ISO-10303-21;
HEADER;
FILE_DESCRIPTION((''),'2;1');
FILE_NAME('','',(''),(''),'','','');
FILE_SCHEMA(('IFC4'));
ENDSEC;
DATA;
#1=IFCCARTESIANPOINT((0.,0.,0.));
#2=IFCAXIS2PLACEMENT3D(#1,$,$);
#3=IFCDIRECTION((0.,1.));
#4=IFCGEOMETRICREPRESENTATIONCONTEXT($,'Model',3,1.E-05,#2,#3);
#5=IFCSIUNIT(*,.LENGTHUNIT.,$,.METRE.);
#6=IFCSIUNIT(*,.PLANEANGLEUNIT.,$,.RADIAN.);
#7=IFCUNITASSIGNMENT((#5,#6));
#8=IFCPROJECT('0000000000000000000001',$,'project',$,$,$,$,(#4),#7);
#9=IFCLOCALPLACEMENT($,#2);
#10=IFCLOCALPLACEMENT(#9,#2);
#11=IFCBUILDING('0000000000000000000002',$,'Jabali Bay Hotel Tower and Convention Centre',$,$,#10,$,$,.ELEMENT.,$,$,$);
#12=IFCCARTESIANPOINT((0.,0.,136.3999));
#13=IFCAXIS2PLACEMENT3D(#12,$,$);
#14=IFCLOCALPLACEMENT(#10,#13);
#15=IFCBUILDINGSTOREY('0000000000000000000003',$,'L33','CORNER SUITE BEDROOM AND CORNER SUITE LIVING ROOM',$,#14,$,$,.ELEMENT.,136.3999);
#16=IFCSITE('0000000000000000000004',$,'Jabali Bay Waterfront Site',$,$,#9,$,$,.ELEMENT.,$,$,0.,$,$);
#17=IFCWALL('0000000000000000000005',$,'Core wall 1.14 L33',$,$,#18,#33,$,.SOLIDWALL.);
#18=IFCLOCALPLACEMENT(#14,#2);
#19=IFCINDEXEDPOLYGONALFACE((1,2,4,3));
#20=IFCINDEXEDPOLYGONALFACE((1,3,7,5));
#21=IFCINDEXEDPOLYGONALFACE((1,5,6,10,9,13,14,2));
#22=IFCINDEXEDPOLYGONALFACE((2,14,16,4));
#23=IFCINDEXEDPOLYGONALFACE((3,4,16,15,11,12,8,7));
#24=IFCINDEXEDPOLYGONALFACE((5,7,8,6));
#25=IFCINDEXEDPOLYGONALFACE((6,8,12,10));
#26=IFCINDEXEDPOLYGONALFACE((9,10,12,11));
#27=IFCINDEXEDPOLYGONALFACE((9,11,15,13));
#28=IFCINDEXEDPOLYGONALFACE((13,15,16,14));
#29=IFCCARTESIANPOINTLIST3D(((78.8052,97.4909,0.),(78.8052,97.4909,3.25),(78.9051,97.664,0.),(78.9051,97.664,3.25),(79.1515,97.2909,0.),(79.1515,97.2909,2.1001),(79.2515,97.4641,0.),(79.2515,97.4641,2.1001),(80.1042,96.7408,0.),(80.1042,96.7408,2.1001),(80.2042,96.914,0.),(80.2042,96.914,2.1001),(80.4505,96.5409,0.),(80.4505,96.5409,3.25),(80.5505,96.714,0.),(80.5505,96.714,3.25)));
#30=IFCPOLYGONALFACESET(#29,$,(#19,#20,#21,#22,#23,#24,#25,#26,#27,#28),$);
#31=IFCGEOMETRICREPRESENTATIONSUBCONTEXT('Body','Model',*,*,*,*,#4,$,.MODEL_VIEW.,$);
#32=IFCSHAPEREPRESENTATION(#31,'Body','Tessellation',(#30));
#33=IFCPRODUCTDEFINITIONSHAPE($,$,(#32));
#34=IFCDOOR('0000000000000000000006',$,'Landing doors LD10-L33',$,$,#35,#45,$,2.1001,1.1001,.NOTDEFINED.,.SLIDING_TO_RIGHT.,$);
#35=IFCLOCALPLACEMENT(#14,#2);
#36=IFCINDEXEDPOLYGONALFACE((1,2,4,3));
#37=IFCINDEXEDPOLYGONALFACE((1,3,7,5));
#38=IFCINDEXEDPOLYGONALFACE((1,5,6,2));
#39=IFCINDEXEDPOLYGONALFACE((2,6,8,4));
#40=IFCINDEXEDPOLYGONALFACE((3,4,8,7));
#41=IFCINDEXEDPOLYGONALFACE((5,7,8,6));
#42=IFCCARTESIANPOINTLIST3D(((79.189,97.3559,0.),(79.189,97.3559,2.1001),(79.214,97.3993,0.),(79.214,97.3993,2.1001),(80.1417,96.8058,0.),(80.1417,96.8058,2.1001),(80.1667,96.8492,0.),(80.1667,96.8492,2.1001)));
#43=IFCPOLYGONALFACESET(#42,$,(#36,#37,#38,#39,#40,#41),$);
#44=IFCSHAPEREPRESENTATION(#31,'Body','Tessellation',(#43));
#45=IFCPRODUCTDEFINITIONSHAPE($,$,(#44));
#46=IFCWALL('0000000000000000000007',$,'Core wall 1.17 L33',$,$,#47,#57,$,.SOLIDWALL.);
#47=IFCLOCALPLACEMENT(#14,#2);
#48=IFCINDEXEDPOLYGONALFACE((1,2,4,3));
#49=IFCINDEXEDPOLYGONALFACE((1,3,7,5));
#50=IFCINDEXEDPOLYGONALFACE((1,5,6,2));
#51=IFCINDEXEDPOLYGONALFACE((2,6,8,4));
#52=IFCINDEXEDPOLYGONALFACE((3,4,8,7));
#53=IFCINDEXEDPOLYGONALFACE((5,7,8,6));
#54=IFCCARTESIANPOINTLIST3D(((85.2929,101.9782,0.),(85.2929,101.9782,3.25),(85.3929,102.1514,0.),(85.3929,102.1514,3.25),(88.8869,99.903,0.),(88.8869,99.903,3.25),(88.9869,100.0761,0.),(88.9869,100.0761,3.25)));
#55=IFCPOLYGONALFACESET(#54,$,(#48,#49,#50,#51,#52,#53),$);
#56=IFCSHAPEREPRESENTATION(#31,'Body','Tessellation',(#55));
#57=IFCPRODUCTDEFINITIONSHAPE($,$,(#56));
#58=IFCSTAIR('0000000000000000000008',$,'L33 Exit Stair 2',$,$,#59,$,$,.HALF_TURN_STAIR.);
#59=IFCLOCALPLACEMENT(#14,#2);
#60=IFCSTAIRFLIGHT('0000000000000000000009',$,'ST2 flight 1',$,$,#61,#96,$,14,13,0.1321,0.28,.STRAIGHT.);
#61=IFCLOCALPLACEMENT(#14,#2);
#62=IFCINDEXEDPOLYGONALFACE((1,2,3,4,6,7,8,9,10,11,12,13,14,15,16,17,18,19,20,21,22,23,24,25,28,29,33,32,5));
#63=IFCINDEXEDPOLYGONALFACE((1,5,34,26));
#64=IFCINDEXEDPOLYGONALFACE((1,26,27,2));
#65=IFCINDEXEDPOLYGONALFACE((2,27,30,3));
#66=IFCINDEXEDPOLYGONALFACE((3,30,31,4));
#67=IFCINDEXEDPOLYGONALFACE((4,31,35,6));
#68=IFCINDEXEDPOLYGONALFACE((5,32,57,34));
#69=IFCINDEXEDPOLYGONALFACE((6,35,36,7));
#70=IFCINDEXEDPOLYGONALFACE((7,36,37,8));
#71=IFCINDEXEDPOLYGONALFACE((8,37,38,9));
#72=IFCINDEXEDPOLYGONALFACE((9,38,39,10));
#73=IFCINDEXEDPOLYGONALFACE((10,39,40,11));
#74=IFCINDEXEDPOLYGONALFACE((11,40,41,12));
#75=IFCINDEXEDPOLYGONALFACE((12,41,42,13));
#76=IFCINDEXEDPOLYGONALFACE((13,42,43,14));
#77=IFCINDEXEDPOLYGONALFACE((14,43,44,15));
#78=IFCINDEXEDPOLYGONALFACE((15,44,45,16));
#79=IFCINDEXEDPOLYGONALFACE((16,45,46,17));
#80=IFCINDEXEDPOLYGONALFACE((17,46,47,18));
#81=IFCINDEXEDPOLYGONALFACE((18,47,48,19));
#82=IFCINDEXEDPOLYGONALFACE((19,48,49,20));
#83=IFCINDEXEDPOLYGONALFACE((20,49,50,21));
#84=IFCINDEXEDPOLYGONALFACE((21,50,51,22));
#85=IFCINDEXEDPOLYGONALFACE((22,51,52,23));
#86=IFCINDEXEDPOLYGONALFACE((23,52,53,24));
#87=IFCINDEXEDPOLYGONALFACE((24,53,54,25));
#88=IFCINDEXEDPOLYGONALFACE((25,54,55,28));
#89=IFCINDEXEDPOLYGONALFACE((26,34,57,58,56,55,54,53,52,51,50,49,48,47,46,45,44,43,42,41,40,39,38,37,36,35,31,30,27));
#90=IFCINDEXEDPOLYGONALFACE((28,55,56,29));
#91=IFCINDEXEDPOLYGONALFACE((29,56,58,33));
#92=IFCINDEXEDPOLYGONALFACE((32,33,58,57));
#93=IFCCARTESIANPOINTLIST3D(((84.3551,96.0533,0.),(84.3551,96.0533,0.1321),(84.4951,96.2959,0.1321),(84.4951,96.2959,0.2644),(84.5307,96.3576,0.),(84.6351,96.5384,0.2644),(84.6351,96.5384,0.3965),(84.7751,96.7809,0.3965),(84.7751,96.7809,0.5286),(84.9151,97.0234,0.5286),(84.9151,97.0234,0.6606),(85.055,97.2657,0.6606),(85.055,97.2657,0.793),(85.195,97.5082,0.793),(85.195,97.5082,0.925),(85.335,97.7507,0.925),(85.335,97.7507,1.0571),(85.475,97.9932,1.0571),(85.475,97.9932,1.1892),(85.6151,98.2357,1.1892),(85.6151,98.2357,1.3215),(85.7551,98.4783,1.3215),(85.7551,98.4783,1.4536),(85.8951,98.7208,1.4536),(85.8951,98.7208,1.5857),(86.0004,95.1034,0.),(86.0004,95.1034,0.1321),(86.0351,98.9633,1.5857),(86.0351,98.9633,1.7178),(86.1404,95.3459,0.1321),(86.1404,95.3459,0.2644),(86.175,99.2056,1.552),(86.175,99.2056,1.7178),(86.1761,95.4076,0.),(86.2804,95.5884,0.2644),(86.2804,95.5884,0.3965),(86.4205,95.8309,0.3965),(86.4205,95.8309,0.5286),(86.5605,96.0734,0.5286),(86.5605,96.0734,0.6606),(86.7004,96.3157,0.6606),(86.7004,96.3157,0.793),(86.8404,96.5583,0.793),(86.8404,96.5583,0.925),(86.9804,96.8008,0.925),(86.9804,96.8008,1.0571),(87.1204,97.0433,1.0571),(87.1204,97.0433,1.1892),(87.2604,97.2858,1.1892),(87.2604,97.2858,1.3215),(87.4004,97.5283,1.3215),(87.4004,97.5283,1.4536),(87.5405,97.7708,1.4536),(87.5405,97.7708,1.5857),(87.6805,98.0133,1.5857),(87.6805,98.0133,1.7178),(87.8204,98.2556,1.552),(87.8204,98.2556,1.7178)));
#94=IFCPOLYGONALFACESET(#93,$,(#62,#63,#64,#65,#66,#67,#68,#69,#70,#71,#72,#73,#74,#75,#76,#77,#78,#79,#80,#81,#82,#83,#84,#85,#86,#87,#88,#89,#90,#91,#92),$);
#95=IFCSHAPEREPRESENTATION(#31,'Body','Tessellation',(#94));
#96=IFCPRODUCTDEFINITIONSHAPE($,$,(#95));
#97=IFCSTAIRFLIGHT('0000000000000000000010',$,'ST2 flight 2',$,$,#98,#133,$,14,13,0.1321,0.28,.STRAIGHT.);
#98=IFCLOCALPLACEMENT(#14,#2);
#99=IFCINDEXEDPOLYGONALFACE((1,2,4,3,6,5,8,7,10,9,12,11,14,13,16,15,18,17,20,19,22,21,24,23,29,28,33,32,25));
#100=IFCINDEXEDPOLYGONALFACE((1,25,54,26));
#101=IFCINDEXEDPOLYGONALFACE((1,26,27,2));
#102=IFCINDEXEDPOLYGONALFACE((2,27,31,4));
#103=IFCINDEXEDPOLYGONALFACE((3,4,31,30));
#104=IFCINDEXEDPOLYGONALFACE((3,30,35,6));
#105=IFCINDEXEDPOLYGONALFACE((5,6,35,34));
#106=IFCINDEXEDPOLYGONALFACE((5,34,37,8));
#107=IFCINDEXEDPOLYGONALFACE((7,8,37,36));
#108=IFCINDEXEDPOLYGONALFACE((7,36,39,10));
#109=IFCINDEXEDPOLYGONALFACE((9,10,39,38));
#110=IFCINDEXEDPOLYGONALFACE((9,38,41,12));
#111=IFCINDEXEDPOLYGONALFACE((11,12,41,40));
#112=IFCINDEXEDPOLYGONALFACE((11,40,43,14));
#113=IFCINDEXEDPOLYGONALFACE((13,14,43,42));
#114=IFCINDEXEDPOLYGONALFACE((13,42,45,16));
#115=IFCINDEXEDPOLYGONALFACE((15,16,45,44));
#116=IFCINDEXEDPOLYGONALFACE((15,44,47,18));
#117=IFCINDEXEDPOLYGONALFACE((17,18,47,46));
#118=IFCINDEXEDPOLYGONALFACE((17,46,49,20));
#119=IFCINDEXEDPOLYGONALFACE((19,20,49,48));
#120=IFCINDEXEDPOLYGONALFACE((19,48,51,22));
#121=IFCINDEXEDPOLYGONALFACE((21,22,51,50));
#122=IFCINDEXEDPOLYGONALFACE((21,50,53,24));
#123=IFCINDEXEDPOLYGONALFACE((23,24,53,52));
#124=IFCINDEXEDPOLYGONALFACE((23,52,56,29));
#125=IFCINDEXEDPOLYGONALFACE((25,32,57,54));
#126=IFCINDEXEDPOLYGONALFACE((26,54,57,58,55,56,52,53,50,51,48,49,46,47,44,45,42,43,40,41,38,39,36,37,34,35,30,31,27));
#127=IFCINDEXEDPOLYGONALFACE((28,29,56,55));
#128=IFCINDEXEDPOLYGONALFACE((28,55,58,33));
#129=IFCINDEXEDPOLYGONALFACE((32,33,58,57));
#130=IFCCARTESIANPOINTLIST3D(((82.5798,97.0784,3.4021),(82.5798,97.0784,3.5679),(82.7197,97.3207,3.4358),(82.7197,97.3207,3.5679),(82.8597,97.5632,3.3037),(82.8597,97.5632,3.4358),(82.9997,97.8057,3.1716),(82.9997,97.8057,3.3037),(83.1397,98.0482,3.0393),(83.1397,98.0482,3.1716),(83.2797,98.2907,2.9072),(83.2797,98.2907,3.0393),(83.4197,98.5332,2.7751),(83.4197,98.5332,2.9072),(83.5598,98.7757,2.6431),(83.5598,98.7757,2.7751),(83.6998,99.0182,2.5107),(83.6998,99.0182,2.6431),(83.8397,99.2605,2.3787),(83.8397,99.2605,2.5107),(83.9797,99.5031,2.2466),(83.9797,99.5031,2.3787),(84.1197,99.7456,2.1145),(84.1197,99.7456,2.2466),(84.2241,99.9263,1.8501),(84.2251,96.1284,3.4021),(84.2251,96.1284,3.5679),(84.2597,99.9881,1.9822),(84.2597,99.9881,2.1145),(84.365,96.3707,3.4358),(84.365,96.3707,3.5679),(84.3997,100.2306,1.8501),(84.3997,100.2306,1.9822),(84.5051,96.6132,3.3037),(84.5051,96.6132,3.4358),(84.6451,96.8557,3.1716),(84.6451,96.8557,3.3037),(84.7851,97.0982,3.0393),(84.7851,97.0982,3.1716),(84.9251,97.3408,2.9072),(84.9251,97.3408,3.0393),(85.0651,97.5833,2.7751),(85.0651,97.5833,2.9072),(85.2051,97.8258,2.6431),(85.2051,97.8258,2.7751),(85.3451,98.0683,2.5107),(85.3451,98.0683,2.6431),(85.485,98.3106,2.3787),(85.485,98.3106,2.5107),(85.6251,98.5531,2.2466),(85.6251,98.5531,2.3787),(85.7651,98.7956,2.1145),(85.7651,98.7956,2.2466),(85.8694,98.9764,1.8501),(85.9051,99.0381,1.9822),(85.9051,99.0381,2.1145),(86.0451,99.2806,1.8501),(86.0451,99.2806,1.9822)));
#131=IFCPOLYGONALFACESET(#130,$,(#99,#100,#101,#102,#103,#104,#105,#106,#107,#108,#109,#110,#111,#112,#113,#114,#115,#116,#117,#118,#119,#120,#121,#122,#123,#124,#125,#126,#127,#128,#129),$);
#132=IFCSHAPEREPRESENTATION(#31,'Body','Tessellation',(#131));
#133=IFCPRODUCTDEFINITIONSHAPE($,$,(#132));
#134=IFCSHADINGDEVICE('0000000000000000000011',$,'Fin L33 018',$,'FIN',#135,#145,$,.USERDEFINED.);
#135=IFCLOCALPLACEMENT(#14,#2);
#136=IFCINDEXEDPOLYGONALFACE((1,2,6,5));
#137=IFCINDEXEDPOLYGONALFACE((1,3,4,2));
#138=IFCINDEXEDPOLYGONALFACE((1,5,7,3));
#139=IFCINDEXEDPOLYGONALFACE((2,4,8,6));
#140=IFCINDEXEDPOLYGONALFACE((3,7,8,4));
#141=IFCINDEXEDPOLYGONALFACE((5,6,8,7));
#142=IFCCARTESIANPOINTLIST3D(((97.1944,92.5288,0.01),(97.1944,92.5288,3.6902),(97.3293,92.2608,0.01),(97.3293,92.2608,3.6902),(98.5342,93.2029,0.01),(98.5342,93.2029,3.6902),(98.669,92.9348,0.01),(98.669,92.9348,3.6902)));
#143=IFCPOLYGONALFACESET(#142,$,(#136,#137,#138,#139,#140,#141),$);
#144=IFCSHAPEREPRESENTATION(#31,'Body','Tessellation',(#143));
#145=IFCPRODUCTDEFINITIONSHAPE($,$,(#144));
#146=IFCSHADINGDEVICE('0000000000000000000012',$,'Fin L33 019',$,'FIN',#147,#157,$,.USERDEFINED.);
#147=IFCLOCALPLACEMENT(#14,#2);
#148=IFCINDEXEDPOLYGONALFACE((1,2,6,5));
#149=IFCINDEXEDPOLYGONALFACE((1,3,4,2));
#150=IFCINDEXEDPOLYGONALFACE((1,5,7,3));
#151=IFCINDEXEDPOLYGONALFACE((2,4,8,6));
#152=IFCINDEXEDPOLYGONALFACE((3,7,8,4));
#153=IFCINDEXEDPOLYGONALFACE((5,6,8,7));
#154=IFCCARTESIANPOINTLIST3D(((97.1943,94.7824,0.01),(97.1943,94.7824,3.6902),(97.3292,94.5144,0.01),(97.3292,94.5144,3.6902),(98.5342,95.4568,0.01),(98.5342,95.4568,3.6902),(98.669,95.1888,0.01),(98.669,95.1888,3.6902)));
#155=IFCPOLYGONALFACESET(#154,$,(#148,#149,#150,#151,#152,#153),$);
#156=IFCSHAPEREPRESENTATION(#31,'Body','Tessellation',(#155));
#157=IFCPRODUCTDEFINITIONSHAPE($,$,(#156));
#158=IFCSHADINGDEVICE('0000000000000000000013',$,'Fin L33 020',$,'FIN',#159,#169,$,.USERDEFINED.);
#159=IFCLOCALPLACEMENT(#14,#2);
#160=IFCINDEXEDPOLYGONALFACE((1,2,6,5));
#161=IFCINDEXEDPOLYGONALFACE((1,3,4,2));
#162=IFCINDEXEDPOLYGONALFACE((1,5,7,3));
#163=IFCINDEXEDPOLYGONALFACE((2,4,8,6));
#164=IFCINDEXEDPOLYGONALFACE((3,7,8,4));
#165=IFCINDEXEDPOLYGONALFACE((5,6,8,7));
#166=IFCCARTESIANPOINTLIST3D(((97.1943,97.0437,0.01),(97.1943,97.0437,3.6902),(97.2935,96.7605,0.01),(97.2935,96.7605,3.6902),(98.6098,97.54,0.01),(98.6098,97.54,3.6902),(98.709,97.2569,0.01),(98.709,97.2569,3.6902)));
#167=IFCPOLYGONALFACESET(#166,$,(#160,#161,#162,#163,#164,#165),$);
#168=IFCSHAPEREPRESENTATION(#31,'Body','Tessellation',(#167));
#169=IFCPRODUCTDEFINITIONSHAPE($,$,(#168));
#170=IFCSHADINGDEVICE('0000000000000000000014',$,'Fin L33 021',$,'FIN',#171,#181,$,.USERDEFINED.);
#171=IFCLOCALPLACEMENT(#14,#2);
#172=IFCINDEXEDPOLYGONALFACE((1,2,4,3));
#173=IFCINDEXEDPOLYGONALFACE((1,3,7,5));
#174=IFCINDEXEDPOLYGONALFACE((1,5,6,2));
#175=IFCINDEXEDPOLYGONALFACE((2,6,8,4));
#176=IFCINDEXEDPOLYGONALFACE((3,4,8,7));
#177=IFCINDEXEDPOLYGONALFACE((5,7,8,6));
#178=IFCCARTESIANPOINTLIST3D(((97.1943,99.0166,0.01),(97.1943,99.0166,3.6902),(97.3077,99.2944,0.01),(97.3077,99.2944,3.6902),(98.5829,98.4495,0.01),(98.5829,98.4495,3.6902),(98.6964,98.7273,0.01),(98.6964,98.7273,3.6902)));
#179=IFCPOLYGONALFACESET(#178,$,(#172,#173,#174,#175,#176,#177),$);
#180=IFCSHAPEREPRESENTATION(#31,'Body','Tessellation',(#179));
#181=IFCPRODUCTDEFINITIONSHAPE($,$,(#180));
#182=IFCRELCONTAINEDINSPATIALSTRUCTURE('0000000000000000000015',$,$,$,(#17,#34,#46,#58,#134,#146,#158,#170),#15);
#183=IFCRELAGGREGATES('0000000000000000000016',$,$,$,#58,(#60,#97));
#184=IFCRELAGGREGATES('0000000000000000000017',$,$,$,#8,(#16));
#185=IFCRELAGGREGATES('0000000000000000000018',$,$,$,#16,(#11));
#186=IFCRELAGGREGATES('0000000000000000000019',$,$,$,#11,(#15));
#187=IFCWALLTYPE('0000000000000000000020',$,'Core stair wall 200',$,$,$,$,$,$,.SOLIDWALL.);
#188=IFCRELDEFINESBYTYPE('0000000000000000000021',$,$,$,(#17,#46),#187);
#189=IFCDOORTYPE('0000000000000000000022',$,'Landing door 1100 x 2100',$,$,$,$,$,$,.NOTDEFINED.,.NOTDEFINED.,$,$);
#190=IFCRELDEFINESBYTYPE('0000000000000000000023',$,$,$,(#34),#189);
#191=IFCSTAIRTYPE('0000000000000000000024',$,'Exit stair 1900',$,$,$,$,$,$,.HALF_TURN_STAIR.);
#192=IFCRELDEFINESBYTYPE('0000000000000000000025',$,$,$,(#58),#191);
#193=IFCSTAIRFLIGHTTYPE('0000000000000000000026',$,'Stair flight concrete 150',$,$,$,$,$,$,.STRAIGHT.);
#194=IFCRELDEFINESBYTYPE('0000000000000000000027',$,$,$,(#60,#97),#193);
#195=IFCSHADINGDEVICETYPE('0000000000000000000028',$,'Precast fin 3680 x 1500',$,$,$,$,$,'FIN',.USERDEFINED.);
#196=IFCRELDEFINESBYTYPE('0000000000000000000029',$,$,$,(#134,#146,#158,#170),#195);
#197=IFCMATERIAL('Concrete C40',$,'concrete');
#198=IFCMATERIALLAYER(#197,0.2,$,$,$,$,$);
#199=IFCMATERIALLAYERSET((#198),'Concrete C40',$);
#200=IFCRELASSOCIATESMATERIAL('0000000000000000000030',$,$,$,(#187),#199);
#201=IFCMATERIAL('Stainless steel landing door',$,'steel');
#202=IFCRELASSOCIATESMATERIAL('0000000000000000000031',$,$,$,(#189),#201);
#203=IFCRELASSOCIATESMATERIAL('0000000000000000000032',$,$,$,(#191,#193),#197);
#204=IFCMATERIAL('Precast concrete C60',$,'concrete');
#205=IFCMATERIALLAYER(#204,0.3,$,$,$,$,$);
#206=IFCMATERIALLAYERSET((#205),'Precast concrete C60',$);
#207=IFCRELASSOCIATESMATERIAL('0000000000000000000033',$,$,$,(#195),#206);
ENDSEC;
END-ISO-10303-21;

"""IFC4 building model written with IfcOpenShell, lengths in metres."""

from ifc_helpers import new_model, si_unit, direction, frame, frame_2d, origin, place, context, subcontext, project, spatial, polyline, rectangle, outline, extrude, material, layer, layer_set, type_object, element, fill, aggregate, save


model = new_model("IFC4")

# Units and contexts
model_context = context("Model", 3, precision=1e-05, world=origin(), true_north=direction((0.0, 1.0)))
body_context = subcontext(model_context, "Body", "Model", "MODEL_VIEW")
ifc_project = project(units=[si_unit("LENGTHUNIT", "METRE"), si_unit("PLANEANGLEUNIT", "RADIAN")], contexts=[model_context])

# Site, building, storey
site_placement = place(None, origin())
site = spatial("IfcSite", under=ifc_project, at=site_placement, Name="Jabali Bay Waterfront Site", CompositionType="ELEMENT", RefElevation=0.0)
building_placement = place(site_placement, origin())
building = spatial("IfcBuilding", under=site, at=building_placement, Name="Jabali Bay Hotel Tower and Convention Centre", CompositionType="ELEMENT")
storey_placement = place(building_placement, frame((0.0, 0.0, 136.3999)))
storey = spatial("IfcBuildingStorey", under=building, at=storey_placement, Name="L33", Description="CORNER SUITE BEDROOM AND CORNER SUITE LIVING ROOM", CompositionType="ELEMENT", Elevation=136.3999)

# Shared definitions
ifc_material_1 = material(Name="Concrete C40", Category="concrete")

# Shared definitions
ifc_layer_1 = layer(ifc_material_1, 0.2)
ifc_layer_set_1 = layer_set([ifc_layer_1], Name="Concrete C40")
wall_type_1 = type_object("IfcWallType", Name="Core stair wall 200", PredefinedType="SOLIDWALL", material=ifc_layer_set_1)

# Wall, opening, door
wall_1_placement = place(storey_placement, frame((80.5005, 96.6274, 0.0), z_axis=(0.0, 0.0, 1.0), x_axis=(-0.866012, 0.500023, 0.0)))
wall_1 = element("IfcWall", 1, at=wall_1_placement, inside=storey, type_object=wall_type_1, Name="Core wall 1.14 L33", PredefinedType="SOLIDWALL", context=body_context, shape_type="SweptSolid", body=[
    extrude(rectangle(XDim=1.8999, YDim=0.2, at=frame_2d((0.95, 0.0))), origin(), (0.0, 0.0, 1.0), 3.25),
])
opening_1_placement = place(wall_1_placement, frame((0.3999, 0.0, 0.0)))
opening_1 = element("IfcOpeningElement", 2, at=opening_1_placement, cuts=wall_1, PredefinedType="OPENING", context=body_context, shape_type="SweptSolid", body=[
    extrude(rectangle(XDim=1.1001, YDim=2.1001, at=frame_2d((0.55, 1.05))), frame((0.0, 0.1104, 0.0), z_axis=(0.0, -1.0, 0.0), x_axis=(1.0, 0.0, 0.0)), (0.0, 0.0, 1.0), 0.2209),
])
ifc_material_2 = material(Name="Stainless steel landing door", Category="steel")
door_type_1 = type_object("IfcDoorType", Name="Landing door 1100 x 2100", OperationType="NOTDEFINED", PredefinedType="NOTDEFINED", material=ifc_material_2)
door_1_placement = place(opening_1_placement, origin())
door_1 = element("IfcDoor", 3, at=door_1_placement, inside=storey, type_object=door_type_1, Name="Landing doors LD10-L33", OperationType="SLIDING_TO_RIGHT", OverallHeight=2.1001, OverallWidth=1.1001, PredefinedType="NOTDEFINED", context=body_context, shape_type="SweptSolid", body=[
    extrude(rectangle(XDim=1.1001, YDim=2.1001, at=frame_2d((0.55, 1.05))), frame((0.0, 0.0249, 0.0), z_axis=(0.0, -1.0, 0.0), x_axis=(1.0, 0.0, 0.0)), (0.0, 0.0, 1.0), 0.05),
])
fill(opening_1, door_1)

# Wall
wall_2_placement = place(storey_placement, frame((88.937, 99.9895, 0.0), z_axis=(0.0, 0.0, 1.0), x_axis=(-0.866004, 0.500036, 0.0)))
element("IfcWall", 4, at=wall_2_placement, inside=storey, type_object=wall_type_1, Name="Core wall 1.17 L33", PredefinedType="SOLIDWALL", context=body_context, shape_type="SweptSolid", body=[
    extrude(rectangle(XDim=4.1501, YDim=0.2, at=frame_2d((2.0752, 0.0))), origin(), (0.0, 0.0, 1.0), 3.25),
])

# Stair, stair flights
stair_type = type_object("IfcStairType", Name="Exit stair 1900", PredefinedType="HALF_TURN_STAIR", material=ifc_material_1)
stair_placement = place(storey_placement, origin())
stair = element("IfcStair", 5, at=stair_placement, inside=storey, type_object=stair_type, Name="L33 Exit Stair 2", PredefinedType="HALF_TURN_STAIR")
stair_flight_type = type_object("IfcStairFlightType", Name="Stair flight concrete 150", PredefinedType="STRAIGHT", material=ifc_material_1)
stair_flight_1_placement = place(storey_placement, frame((85.1777, 95.5784, 0.0), z_axis=(0.0, 0.0, 1.0), x_axis=(0.5, 0.866025, 0.0)))
stair_flight_1 = element("IfcStairFlight", 6, at=stair_flight_1_placement, type_object=stair_flight_type, Name="ST2 flight 1", NumberOfRisers=14, NumberOfTreads=13, PredefinedType="STRAIGHT", RiserHeight=0.1321, TreadLength=0.28, context=body_context, shape_type="SweptSolid", body=[
    extrude(outline(polyline([(0.0, 0.0), (0.0, 0.1321), (0.28, 0.1321), (0.28, 0.2644), (0.5601, 0.2644), (0.5601, 0.3965), (0.8401, 0.3965), (0.8401, 0.5286), (1.1201, 0.5286), (1.1201, 0.6606), (1.3999, 0.6606), (1.3999, 0.793), (1.6799, 0.793), (1.6799, 0.925), (1.96, 0.925), (1.96, 1.0571), (2.24, 1.0571), (2.24, 1.1892), (2.52, 1.1892), (2.52, 1.3215), (2.8, 1.3215), (2.8, 1.4536), (3.0801, 1.4536), (3.0801, 1.5857), (3.3601, 1.5857), (3.3601, 1.7178), (3.6399, 1.7178), (3.6399, 1.8501), (3.6399, 1.552), (0.3513, 0.0), (0.0, 0.0)])), frame((0.0, 0.95, 0.0), z_axis=(0.0, -1.0, 0.0), x_axis=(1.0, 0.0, 0.0)), (0.0, 0.0, 1.0), 1.8999),
])
stair_flight_2_placement = place(storey_placement, frame((85.2224, 99.7556, 1.8501), z_axis=(0.0, 0.0, 1.0), x_axis=(-0.5, -0.866025, 0.0)))
stair_flight_2 = element("IfcStairFlight", 7, at=stair_flight_2_placement, type_object=stair_flight_type, Name="ST2 flight 2", NumberOfRisers=14, NumberOfTreads=13, PredefinedType="STRAIGHT", RiserHeight=0.1321, TreadLength=0.28, context=body_context, shape_type="SweptSolid", body=[
    extrude(outline(polyline([(0.0, 0.0), (0.0, 0.1321), (0.28, 0.1321), (0.28, 0.2644), (0.5601, 0.2644), (0.5601, 0.3965), (0.8401, 0.3965), (0.8401, 0.5286), (1.1201, 0.5286), (1.1201, 0.6606), (1.3999, 0.6606), (1.3999, 0.793), (1.6799, 0.793), (1.6799, 0.925), (1.96, 0.925), (1.96, 1.0571), (2.24, 1.0571), (2.24, 1.1892), (2.52, 1.1892), (2.52, 1.3215), (2.8, 1.3215), (2.8, 1.4536), (3.0801, 1.4536), (3.0801, 1.5857), (3.3601, 1.5857), (3.3601, 1.7178), (3.6399, 1.7178), (3.6399, 1.8501), (3.6399, 1.552), (0.3513, 0.0), (0.0, 0.0)])), frame((0.0, 0.95, 0.0), z_axis=(0.0, -1.0, 0.0), x_axis=(1.0, 0.0, 0.0)), (0.0, 0.0, 1.0), 1.8999),
])
aggregate(stair, [stair_flight_1, stair_flight_2])

# Shading devices
ifc_material_3 = material(Name="Precast concrete C60", Category="concrete")
ifc_layer_2 = layer(ifc_material_3, 0.3)
ifc_layer_set_2 = layer_set([ifc_layer_2], Name="Precast concrete C60")
shading_device_type = type_object("IfcShadingDeviceType", Name="Precast fin 3680 x 1500", ElementType="FIN", PredefinedType="USERDEFINED", material=ifc_layer_set_2)
shading_device_placement = place(storey_placement, frame((97.2617, 92.3948, 0.01), z_axis=(0.0, 0.0, 1.0), x_axis=(0.893318, 0.449426, 0.0)))
element("IfcShadingDevice", 8, at=shading_device_placement, inside=storey, type_object=shading_device_type, Name="Fin L33 018", ObjectType="FIN", PredefinedType="USERDEFINED", context=body_context, shape_type="SweptSolid", body=[
    extrude(rectangle(XDim=1.4998, YDim=0.3, at=frame_2d((0.75, 0.0))), origin(), (0.0, 0.0, 1.0), 3.6802),
])
for number, where, z_axis, x_axis, name in (
    (9, (97.2617, 94.6484, 0.01), (0.0, 0.0, 1.0), (0.893252, 0.449556, 0.0), "Fin L33 019"),
    (10, (97.2439, 96.9021, 0.01), (0.0, 0.0, 1.0), (0.94367, 0.330887, 0.0), "Fin L33 020"),
    (11, (97.251, 99.1555, 0.01), (0.0, 0.0, 1.0), (0.92577, -0.378088, 0.0), "Fin L33 021"),
):
    element("IfcShadingDevice", number, at=place(storey_placement, frame(where, z_axis=z_axis, x_axis=x_axis)), inside=storey, type_object=shading_device_type, Name=name, ObjectType="FIN", PredefinedType="USERDEFINED", context=body_context, shape_type="SweptSolid", body=[
        extrude(rectangle(XDim=1.5, YDim=0.3, at=frame_2d((0.75, 0.0))), origin(), (0.0, 0.0, 1.0), 3.6802),
    ])

save(model, "model.ifc")
